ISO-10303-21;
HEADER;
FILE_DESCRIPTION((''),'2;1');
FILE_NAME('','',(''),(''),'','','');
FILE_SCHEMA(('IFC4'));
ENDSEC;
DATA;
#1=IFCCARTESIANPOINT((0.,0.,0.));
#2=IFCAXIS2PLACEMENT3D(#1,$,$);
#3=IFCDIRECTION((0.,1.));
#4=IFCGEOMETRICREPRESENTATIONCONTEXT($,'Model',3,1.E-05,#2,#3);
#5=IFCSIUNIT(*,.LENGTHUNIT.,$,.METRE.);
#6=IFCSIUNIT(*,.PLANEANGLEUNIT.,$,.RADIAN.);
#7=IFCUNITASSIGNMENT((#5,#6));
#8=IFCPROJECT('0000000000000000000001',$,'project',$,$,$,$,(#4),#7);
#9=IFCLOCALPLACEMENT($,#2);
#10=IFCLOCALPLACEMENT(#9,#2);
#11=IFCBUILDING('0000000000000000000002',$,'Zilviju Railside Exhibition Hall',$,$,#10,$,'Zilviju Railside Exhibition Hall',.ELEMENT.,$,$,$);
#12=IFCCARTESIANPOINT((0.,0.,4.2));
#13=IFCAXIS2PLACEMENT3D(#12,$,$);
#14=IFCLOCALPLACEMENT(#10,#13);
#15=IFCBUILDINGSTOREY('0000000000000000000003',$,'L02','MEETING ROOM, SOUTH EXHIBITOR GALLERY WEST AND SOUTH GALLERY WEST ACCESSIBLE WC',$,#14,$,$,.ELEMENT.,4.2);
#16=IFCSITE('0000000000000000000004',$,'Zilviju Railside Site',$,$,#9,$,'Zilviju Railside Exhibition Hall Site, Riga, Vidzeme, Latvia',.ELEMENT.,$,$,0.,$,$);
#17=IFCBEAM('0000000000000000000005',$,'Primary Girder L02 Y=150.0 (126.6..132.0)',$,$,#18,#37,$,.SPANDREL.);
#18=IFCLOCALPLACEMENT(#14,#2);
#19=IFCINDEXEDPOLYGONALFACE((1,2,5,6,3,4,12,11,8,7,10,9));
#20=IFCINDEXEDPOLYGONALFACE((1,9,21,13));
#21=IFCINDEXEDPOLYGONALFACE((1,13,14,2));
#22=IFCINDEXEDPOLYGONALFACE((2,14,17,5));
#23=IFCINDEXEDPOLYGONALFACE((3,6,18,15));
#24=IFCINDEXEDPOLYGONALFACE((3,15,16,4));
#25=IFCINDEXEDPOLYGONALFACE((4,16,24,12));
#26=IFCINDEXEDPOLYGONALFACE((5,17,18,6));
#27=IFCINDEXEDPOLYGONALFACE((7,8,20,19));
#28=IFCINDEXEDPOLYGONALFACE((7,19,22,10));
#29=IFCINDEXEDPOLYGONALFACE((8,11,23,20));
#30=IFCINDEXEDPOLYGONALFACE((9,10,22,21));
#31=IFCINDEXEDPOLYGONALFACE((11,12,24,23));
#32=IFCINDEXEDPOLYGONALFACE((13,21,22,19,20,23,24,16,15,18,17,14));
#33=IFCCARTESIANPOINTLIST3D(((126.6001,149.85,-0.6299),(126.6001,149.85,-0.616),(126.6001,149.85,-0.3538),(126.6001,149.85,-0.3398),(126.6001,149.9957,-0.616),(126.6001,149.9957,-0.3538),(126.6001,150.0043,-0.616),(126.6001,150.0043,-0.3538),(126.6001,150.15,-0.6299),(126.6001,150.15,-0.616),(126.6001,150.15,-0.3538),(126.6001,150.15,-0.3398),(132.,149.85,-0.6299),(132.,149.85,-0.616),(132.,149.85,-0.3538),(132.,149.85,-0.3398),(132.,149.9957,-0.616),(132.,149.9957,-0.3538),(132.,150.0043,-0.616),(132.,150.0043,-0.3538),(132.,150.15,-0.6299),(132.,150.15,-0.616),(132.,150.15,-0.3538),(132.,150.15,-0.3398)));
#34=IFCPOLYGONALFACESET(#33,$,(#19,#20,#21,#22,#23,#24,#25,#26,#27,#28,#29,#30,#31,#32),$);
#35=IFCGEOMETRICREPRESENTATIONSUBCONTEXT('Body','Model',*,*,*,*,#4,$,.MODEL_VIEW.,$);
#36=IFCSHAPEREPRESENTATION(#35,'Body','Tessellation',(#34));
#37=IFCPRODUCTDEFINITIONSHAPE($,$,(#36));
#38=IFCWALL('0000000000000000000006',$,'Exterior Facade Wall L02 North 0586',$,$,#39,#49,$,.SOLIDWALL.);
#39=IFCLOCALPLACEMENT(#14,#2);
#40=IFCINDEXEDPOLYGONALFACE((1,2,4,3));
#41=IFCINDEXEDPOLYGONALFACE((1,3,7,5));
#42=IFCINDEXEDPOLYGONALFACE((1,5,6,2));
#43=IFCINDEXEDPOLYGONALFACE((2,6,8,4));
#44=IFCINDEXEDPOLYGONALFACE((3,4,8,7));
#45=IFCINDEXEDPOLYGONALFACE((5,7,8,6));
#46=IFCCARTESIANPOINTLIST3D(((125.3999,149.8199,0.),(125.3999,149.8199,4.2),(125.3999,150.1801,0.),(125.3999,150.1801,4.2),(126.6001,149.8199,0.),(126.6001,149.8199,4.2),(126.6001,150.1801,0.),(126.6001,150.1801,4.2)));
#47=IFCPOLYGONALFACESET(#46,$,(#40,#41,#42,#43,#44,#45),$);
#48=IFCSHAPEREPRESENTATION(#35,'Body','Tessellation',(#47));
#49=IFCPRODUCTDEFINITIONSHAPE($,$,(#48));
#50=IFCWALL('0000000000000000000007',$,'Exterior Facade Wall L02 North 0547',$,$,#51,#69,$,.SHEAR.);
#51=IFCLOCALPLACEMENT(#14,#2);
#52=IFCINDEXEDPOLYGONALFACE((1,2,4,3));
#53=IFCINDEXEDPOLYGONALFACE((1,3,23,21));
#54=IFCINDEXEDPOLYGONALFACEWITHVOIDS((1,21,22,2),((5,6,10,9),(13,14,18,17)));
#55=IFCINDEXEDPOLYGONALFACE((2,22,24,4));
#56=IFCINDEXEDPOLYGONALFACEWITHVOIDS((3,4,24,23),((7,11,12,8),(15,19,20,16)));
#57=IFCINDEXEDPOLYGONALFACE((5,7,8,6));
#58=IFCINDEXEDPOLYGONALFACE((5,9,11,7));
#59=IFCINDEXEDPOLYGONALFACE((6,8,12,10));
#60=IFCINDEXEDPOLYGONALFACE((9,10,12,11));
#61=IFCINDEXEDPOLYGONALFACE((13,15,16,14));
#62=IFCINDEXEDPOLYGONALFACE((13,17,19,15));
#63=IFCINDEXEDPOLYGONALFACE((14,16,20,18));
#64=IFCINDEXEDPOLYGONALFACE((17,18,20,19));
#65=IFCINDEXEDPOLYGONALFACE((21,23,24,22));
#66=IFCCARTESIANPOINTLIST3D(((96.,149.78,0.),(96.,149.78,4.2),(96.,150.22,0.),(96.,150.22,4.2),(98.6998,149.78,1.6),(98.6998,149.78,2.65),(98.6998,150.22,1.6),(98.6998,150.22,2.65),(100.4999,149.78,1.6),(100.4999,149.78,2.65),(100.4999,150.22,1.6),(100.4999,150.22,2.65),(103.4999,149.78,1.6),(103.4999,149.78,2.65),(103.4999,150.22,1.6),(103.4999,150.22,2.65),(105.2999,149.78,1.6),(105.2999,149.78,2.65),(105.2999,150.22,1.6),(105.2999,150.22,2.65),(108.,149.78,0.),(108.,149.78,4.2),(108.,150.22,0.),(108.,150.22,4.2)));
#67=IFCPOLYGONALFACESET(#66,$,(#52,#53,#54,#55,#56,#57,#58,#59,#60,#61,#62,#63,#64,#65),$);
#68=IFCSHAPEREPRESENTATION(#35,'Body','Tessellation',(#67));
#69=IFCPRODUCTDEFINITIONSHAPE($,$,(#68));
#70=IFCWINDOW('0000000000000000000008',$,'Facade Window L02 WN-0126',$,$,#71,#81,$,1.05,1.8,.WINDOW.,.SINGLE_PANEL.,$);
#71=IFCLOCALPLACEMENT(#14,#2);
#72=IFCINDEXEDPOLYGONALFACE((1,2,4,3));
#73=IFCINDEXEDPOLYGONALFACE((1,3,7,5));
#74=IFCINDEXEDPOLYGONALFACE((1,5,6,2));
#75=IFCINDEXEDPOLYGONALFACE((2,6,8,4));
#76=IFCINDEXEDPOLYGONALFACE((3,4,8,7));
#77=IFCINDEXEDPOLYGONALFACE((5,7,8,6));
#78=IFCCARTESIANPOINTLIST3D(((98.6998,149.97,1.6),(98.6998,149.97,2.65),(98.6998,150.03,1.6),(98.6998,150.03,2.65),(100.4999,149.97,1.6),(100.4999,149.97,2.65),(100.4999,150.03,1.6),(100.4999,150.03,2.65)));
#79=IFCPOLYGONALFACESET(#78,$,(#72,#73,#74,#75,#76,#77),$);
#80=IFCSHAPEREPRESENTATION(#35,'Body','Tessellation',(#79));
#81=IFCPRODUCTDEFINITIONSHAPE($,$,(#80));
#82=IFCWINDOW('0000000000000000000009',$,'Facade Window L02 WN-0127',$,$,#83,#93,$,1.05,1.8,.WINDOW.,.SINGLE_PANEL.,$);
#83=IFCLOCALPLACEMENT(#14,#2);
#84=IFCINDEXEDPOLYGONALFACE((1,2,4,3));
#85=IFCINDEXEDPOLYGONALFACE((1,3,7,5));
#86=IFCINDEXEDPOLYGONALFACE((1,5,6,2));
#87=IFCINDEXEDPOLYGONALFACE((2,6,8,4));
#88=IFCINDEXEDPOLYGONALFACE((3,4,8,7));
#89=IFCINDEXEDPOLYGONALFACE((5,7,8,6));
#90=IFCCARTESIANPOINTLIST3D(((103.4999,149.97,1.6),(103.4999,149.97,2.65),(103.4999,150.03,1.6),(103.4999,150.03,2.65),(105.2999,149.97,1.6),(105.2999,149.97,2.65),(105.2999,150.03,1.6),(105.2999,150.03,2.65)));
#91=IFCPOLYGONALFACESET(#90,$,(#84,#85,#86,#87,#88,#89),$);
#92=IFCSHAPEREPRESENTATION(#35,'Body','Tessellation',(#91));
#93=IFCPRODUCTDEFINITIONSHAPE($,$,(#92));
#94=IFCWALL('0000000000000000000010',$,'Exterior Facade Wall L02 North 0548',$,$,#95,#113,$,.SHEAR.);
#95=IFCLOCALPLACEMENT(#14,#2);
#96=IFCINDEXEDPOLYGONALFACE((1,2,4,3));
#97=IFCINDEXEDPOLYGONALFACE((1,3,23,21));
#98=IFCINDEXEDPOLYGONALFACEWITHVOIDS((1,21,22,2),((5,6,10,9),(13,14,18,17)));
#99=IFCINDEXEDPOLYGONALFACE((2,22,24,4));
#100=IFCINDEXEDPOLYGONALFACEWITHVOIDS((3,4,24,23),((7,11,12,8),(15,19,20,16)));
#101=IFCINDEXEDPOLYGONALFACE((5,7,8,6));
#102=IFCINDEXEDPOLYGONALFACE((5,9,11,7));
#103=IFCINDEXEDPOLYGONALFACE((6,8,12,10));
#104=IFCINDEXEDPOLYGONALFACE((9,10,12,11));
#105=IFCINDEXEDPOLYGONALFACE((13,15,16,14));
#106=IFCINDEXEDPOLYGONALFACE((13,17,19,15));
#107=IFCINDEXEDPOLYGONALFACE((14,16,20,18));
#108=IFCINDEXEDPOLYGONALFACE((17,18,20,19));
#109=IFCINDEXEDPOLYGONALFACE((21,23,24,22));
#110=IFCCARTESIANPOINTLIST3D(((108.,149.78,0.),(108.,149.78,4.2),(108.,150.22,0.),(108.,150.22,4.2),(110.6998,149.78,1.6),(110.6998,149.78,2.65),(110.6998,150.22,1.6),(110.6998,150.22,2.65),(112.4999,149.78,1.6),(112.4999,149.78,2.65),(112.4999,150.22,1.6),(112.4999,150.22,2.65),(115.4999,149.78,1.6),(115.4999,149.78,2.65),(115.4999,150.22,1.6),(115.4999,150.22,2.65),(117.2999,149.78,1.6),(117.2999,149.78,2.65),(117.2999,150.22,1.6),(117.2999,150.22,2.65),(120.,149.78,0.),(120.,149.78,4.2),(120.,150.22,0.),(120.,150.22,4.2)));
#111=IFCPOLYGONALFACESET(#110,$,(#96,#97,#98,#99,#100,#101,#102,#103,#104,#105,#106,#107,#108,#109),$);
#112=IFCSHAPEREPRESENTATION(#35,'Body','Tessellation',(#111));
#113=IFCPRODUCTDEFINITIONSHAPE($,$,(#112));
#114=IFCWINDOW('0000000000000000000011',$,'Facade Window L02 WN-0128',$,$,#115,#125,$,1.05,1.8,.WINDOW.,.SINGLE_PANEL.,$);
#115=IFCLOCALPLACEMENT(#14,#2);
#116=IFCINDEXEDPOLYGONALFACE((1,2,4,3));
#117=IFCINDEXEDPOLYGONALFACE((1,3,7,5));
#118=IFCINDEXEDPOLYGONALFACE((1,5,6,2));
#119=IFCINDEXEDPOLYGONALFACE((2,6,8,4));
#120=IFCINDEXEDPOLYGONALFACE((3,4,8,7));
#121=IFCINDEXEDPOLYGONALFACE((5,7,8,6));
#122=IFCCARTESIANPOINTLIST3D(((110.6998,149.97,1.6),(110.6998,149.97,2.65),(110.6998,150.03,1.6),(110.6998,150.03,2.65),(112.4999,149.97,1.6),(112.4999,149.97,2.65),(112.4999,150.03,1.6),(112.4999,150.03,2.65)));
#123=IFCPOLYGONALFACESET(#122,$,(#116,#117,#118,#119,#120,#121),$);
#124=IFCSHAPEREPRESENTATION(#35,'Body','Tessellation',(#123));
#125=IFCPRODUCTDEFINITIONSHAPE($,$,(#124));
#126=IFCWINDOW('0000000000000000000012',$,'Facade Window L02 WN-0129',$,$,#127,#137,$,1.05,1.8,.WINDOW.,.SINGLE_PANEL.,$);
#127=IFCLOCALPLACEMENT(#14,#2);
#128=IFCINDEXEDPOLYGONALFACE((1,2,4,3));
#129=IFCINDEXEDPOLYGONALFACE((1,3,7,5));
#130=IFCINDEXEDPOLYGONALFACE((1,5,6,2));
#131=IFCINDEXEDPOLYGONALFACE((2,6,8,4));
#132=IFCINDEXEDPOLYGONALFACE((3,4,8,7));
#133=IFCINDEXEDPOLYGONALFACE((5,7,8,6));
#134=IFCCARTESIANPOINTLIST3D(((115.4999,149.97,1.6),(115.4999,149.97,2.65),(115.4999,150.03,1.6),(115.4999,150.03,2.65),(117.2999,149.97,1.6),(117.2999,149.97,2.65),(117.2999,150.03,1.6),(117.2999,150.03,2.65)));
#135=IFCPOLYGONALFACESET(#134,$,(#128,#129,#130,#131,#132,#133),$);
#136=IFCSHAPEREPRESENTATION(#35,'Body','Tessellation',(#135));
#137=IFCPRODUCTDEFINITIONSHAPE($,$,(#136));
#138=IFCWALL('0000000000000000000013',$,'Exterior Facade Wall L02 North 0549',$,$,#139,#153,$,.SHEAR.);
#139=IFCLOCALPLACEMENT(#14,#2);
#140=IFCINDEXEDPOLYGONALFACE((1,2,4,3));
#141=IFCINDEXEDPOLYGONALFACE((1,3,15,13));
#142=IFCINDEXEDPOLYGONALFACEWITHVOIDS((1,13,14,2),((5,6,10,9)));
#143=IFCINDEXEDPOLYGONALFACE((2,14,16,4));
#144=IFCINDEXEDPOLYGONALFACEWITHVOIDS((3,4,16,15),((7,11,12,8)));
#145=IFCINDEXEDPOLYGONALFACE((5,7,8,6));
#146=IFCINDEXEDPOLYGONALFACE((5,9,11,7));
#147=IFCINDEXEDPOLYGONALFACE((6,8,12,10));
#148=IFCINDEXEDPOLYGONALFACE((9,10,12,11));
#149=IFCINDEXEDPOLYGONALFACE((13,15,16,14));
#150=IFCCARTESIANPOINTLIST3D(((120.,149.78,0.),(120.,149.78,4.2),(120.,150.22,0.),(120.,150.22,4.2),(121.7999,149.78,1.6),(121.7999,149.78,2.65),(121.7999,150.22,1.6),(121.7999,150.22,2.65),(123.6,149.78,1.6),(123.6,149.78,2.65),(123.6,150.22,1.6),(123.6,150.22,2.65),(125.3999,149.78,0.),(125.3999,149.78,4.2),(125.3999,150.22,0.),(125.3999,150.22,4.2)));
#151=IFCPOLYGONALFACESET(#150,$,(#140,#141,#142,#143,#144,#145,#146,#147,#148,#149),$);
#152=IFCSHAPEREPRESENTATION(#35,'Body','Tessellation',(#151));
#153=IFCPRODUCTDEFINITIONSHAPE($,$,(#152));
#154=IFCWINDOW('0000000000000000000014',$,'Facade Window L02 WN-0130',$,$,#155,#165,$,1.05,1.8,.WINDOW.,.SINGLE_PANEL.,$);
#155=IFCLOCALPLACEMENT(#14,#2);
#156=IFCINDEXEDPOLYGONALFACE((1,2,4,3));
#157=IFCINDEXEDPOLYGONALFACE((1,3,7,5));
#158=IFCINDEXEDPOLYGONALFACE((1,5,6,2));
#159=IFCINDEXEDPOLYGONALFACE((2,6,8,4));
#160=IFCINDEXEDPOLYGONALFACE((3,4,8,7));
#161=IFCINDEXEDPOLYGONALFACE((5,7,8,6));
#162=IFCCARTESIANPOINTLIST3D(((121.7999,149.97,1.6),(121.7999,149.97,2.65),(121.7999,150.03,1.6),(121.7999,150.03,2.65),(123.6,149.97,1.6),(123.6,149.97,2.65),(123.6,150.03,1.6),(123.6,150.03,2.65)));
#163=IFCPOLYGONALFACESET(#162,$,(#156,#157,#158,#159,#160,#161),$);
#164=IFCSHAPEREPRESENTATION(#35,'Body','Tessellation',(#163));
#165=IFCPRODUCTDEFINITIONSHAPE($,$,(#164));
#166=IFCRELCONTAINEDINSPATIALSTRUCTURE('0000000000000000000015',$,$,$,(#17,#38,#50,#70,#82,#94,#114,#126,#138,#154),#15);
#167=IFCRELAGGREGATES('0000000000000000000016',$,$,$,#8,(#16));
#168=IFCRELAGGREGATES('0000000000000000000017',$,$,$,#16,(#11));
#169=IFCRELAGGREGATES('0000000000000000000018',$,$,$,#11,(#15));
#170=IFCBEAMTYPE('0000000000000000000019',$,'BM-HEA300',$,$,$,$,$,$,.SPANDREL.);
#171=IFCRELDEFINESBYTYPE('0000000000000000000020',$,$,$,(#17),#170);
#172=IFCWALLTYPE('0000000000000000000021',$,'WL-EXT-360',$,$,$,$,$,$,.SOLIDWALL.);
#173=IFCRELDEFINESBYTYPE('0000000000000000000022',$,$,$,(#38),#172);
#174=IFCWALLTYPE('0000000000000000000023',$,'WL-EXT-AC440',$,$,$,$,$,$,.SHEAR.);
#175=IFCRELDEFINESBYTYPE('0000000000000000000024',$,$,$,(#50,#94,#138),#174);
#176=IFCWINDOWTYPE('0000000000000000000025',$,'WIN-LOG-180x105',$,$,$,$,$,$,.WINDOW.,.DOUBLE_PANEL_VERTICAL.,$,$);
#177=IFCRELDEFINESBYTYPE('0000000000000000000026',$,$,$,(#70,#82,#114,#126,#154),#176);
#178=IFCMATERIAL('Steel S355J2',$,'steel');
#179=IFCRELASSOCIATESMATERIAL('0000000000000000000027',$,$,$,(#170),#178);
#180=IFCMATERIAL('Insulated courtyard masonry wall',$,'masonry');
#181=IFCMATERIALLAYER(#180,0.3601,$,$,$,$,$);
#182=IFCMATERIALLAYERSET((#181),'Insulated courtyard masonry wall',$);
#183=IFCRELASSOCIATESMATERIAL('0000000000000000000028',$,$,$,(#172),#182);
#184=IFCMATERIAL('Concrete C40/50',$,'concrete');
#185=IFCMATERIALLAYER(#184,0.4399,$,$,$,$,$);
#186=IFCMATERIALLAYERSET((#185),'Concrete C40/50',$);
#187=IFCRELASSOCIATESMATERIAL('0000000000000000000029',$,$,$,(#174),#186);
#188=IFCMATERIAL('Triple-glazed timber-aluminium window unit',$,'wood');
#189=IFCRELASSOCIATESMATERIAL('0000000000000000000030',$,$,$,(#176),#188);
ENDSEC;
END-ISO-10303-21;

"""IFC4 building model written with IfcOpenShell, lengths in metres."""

from ifc_helpers import new_model, si_unit, direction, frame, frame_2d, origin, origin_2d, place, context, subcontext, project, spatial, rectangle, i_section, extrude, material, layer, layer_set, material_profile, profile_set, type_object, element, fill, save


model = new_model("IFC4")

# Units and contexts
model_context = context("Model", 3, precision=1e-05, world=origin(), true_north=direction((0.0, 1.0)))
body_context = subcontext(model_context, "Body", "Model", "MODEL_VIEW")
ifc_project = project(units=[si_unit("LENGTHUNIT", "METRE"), si_unit("PLANEANGLEUNIT", "RADIAN")], contexts=[model_context])

# Site, building, storey
site_placement = place(None, origin())
site = spatial("IfcSite", under=ifc_project, at=site_placement, Name="Zilviju Railside Site", LongName="Zilviju Railside Exhibition Hall Site, Riga, Vidzeme, Latvia", CompositionType="ELEMENT", RefElevation=0.0)
building_placement = place(site_placement, origin())
building = spatial("IfcBuilding", under=site, at=building_placement, Name="Zilviju Railside Exhibition Hall", LongName="Zilviju Railside Exhibition Hall", CompositionType="ELEMENT")
storey_placement = place(building_placement, frame((0.0, 0.0, 4.2)))
storey = spatial("IfcBuildingStorey", under=building, at=storey_placement, Name="L02", Description="MEETING ROOM, SOUTH EXHIBITOR GALLERY WEST AND SOUTH GALLERY WEST ACCESSIBLE WC", CompositionType="ELEMENT", Elevation=4.2)

# Shared definitions
ifc_material_1 = material(Name="Concrete C40/50", Category="concrete")

# Beam
ifc_material_2 = material(Name="Steel S355J2", Category="steel")
ifc_material_profile_1 = material_profile(ifc_material_2, i_section(OverallWidth=0.3, OverallDepth=0.29, WebThickness=0.0085, FlangeThickness=0.0139, at=origin_2d()), Name="HEA 300")
ifc_profile_set_1 = profile_set([ifc_material_profile_1], Name="Steel S355J2")
beam_type = type_object("IfcBeamType", Name="BM-HEA300", PredefinedType="SPANDREL", material=ifc_profile_set_1)
for number, where, z_axis, x_axis, name in (
    (1, (126.6001, 150.0, -0.4849), (1.0, 0.0, 0.0), (0.0, 1.0, 0.0), "Primary Girder L02 Y=150.0 (126.6..132.0)"),
):
    element("IfcBeam", number, at=place(storey_placement, frame(where, z_axis=z_axis, x_axis=x_axis)), inside=storey, type_object=beam_type, Name=name, PredefinedType="SPANDREL", context=body_context, shape_type="SweptSolid", body=[
        extrude(i_section(OverallWidth=0.3, OverallDepth=0.29, WebThickness=0.0085, FlangeThickness=0.0139, at=origin_2d()), origin(), (0.0, 0.0, 1.0), 5.3999),
    ])

# Wall
ifc_material_3 = material(Name="Insulated courtyard masonry wall", Category="masonry")
ifc_layer_1 = layer(ifc_material_3, 0.3601)
ifc_layer_set_1 = layer_set([ifc_layer_1], Name="Insulated courtyard masonry wall")
wall_type_1 = type_object("IfcWallType", Name="WL-EXT-360", PredefinedType="SOLIDWALL", material=ifc_layer_set_1)
wall_1_placement = place(storey_placement, frame((125.3999, 150.0, 0.0), z_axis=(0.0, 0.0, 1.0), x_axis=(1.0, 0.0, 0.0)))
element("IfcWall", 2, at=wall_1_placement, inside=storey, type_object=wall_type_1, Name="Exterior Facade Wall L02 North 0586", PredefinedType="SOLIDWALL", context=body_context, shape_type="SweptSolid", body=[
    extrude(rectangle(XDim=1.2002, YDim=0.3601, at=frame_2d((0.6001, 0.0))), origin(), (0.0, 0.0, 1.0), 4.2),
])

# Walls, openings, windows
ifc_layer_2 = layer(ifc_material_1, 0.4399)
ifc_layer_set_2 = layer_set([ifc_layer_2], Name="Concrete C40/50")
wall_type_2 = type_object("IfcWallType", Name="WL-EXT-AC440", PredefinedType="SHEAR", material=ifc_layer_set_2)
wall_2_placement = place(storey_placement, frame((96.0, 150.0, 0.0), z_axis=(0.0, 0.0, 1.0), x_axis=(1.0, 0.0, 0.0)))
wall_2 = element("IfcWall", 3, at=wall_2_placement, inside=storey, type_object=wall_type_2, Name="Exterior Facade Wall L02 North 0547", PredefinedType="SHEAR", context=body_context, shape_type="SweptSolid", body=[
    extrude(rectangle(XDim=12.0, YDim=0.4399, at=frame_2d((6.0, 0.0))), origin(), (0.0, 0.0, 1.0), 4.2),
])
opening_1_placement = place(wall_2_placement, frame((2.7, 0.0, 1.6001)))
opening_1 = element("IfcOpeningElement", 4, at=opening_1_placement, cuts=wall_2, PredefinedType="OPENING", context=body_context, shape_type="SweptSolid", body=[
    extrude(rectangle(XDim=1.8, YDim=1.05, at=frame_2d((0.8999, 0.5249))), frame((0.0, 0.23, 0.0), z_axis=(0.0, -1.0, 0.0), x_axis=(1.0, 0.0, 0.0)), (0.0, 0.0, 1.0), 0.46),
])
opening_2_placement = place(wall_2_placement, frame((7.5, 0.0, 1.6001)))
opening_2 = element("IfcOpeningElement", 5, at=opening_2_placement, cuts=wall_2, PredefinedType="OPENING", context=body_context, shape_type="SweptSolid", body=[
    extrude(rectangle(XDim=1.8, YDim=1.05, at=frame_2d((0.8999, 0.5249))), frame((0.0, 0.23, 0.0), z_axis=(0.0, -1.0, 0.0), x_axis=(1.0, 0.0, 0.0)), (0.0, 0.0, 1.0), 0.46),
])
ifc_material_4 = material(Name="Triple-glazed timber-aluminium window unit", Category="wood")
window_type = type_object("IfcWindowType", Name="WIN-LOG-180x105", PartitioningType="DOUBLE_PANEL_VERTICAL", PredefinedType="WINDOW", material=ifc_material_4)
window_1_placement = place(opening_1_placement, origin())
window_1 = element("IfcWindow", 6, at=window_1_placement, inside=storey, type_object=window_type, Name="Facade Window L02 WN-0126", OverallHeight=1.05, OverallWidth=1.8, PartitioningType="SINGLE_PANEL", PredefinedType="WINDOW", context=body_context, shape_type="SweptSolid", body=[
    extrude(rectangle(XDim=1.8, YDim=1.05, at=frame_2d((0.8999, 0.5249))), frame((0.0, 0.03, 0.0), z_axis=(0.0, -1.0, 0.0), x_axis=(1.0, 0.0, 0.0)), (0.0, 0.0, 1.0), 0.0601),
])
fill(opening_1, window_1)
window_2_placement = place(opening_2_placement, origin())
window_2 = element("IfcWindow", 7, at=window_2_placement, inside=storey, type_object=window_type, Name="Facade Window L02 WN-0127", OverallHeight=1.05, OverallWidth=1.8, PartitioningType="SINGLE_PANEL", PredefinedType="WINDOW", context=body_context, shape_type="SweptSolid", body=[
    extrude(rectangle(XDim=1.8, YDim=1.05, at=frame_2d((0.8999, 0.5249))), frame((0.0, 0.03, 0.0), z_axis=(0.0, -1.0, 0.0), x_axis=(1.0, 0.0, 0.0)), (0.0, 0.0, 1.0), 0.0601),
])
fill(opening_2, window_2)
wall_3_placement = place(storey_placement, frame((108.0, 150.0, 0.0), z_axis=(0.0, 0.0, 1.0), x_axis=(1.0, 0.0, 0.0)))
wall_3 = element("IfcWall", 8, at=wall_3_placement, inside=storey, type_object=wall_type_2, Name="Exterior Facade Wall L02 North 0548", PredefinedType="SHEAR", context=body_context, shape_type="SweptSolid", body=[
    extrude(rectangle(XDim=12.0, YDim=0.4399, at=frame_2d((6.0, 0.0))), origin(), (0.0, 0.0, 1.0), 4.2),
])
opening_3_placement = place(wall_3_placement, frame((2.7, 0.0, 1.6001)))
opening_3 = element("IfcOpeningElement", 9, at=opening_3_placement, cuts=wall_3, PredefinedType="OPENING", context=body_context, shape_type="SweptSolid", body=[
    extrude(rectangle(XDim=1.8, YDim=1.05, at=frame_2d((0.8999, 0.5249))), frame((0.0, 0.23, 0.0), z_axis=(0.0, -1.0, 0.0), x_axis=(1.0, 0.0, 0.0)), (0.0, 0.0, 1.0), 0.46),
])
opening_4_placement = place(wall_3_placement, frame((7.5, 0.0, 1.6001)))
opening_4 = element("IfcOpeningElement", 10, at=opening_4_placement, cuts=wall_3, PredefinedType="OPENING", context=body_context, shape_type="SweptSolid", body=[
    extrude(rectangle(XDim=1.8, YDim=1.05, at=frame_2d((0.8999, 0.5249))), frame((0.0, 0.23, 0.0), z_axis=(0.0, -1.0, 0.0), x_axis=(1.0, 0.0, 0.0)), (0.0, 0.0, 1.0), 0.46),
])
window_3_placement = place(opening_3_placement, origin())
window_3 = element("IfcWindow", 11, at=window_3_placement, inside=storey, type_object=window_type, Name="Facade Window L02 WN-0128", OverallHeight=1.05, OverallWidth=1.8, PartitioningType="SINGLE_PANEL", PredefinedType="WINDOW", context=body_context, shape_type="SweptSolid", body=[
    extrude(rectangle(XDim=1.8, YDim=1.05, at=frame_2d((0.8999, 0.5249))), frame((0.0, 0.03, 0.0), z_axis=(0.0, -1.0, 0.0), x_axis=(1.0, 0.0, 0.0)), (0.0, 0.0, 1.0), 0.0601),
])
fill(opening_3, window_3)
window_4_placement = place(opening_4_placement, origin())
window_4 = element("IfcWindow", 12, at=window_4_placement, inside=storey, type_object=window_type, Name="Facade Window L02 WN-0129", OverallHeight=1.05, OverallWidth=1.8, PartitioningType="SINGLE_PANEL", PredefinedType="WINDOW", context=body_context, shape_type="SweptSolid", body=[
    extrude(rectangle(XDim=1.8, YDim=1.05, at=frame_2d((0.8999, 0.5249))), frame((0.0, 0.03, 0.0), z_axis=(0.0, -1.0, 0.0), x_axis=(1.0, 0.0, 0.0)), (0.0, 0.0, 1.0), 0.0601),
])
fill(opening_4, window_4)

# Wall, opening, window
wall_4_placement = place(storey_placement, frame((120.0, 150.0, 0.0), z_axis=(0.0, 0.0, 1.0), x_axis=(1.0, 0.0, 0.0)))
wall_4 = element("IfcWall", 13, at=wall_4_placement, inside=storey, type_object=wall_type_2, Name="Exterior Facade Wall L02 North 0549", PredefinedType="SHEAR", context=body_context, shape_type="SweptSolid", body=[
    extrude(rectangle(XDim=5.3999, YDim=0.4399, at=frame_2d((2.7, 0.0))), origin(), (0.0, 0.0, 1.0), 4.2),
])
opening_5_placement = place(wall_4_placement, frame((1.8, 0.0, 1.6001)))
opening_5 = element("IfcOpeningElement", 14, at=opening_5_placement, cuts=wall_4, PredefinedType="OPENING", context=body_context, shape_type="SweptSolid", body=[
    extrude(rectangle(XDim=1.8, YDim=1.05, at=frame_2d((0.8999, 0.5249))), frame((0.0, 0.23, 0.0), z_axis=(0.0, -1.0, 0.0), x_axis=(1.0, 0.0, 0.0)), (0.0, 0.0, 1.0), 0.46),
])
window_5_placement = place(opening_5_placement, origin())
window_5 = element("IfcWindow", 15, at=window_5_placement, inside=storey, type_object=window_type, Name="Facade Window L02 WN-0130", OverallHeight=1.05, OverallWidth=1.8, PartitioningType="SINGLE_PANEL", PredefinedType="WINDOW", context=body_context, shape_type="SweptSolid", body=[
    extrude(rectangle(XDim=1.8, YDim=1.05, at=frame_2d((0.8999, 0.5249))), frame((0.0, 0.03, 0.0), z_axis=(0.0, -1.0, 0.0), x_axis=(1.0, 0.0, 0.0)), (0.0, 0.0, 1.0), 0.0601),
])
fill(opening_5, window_5)

save(model, "model.ifc")
